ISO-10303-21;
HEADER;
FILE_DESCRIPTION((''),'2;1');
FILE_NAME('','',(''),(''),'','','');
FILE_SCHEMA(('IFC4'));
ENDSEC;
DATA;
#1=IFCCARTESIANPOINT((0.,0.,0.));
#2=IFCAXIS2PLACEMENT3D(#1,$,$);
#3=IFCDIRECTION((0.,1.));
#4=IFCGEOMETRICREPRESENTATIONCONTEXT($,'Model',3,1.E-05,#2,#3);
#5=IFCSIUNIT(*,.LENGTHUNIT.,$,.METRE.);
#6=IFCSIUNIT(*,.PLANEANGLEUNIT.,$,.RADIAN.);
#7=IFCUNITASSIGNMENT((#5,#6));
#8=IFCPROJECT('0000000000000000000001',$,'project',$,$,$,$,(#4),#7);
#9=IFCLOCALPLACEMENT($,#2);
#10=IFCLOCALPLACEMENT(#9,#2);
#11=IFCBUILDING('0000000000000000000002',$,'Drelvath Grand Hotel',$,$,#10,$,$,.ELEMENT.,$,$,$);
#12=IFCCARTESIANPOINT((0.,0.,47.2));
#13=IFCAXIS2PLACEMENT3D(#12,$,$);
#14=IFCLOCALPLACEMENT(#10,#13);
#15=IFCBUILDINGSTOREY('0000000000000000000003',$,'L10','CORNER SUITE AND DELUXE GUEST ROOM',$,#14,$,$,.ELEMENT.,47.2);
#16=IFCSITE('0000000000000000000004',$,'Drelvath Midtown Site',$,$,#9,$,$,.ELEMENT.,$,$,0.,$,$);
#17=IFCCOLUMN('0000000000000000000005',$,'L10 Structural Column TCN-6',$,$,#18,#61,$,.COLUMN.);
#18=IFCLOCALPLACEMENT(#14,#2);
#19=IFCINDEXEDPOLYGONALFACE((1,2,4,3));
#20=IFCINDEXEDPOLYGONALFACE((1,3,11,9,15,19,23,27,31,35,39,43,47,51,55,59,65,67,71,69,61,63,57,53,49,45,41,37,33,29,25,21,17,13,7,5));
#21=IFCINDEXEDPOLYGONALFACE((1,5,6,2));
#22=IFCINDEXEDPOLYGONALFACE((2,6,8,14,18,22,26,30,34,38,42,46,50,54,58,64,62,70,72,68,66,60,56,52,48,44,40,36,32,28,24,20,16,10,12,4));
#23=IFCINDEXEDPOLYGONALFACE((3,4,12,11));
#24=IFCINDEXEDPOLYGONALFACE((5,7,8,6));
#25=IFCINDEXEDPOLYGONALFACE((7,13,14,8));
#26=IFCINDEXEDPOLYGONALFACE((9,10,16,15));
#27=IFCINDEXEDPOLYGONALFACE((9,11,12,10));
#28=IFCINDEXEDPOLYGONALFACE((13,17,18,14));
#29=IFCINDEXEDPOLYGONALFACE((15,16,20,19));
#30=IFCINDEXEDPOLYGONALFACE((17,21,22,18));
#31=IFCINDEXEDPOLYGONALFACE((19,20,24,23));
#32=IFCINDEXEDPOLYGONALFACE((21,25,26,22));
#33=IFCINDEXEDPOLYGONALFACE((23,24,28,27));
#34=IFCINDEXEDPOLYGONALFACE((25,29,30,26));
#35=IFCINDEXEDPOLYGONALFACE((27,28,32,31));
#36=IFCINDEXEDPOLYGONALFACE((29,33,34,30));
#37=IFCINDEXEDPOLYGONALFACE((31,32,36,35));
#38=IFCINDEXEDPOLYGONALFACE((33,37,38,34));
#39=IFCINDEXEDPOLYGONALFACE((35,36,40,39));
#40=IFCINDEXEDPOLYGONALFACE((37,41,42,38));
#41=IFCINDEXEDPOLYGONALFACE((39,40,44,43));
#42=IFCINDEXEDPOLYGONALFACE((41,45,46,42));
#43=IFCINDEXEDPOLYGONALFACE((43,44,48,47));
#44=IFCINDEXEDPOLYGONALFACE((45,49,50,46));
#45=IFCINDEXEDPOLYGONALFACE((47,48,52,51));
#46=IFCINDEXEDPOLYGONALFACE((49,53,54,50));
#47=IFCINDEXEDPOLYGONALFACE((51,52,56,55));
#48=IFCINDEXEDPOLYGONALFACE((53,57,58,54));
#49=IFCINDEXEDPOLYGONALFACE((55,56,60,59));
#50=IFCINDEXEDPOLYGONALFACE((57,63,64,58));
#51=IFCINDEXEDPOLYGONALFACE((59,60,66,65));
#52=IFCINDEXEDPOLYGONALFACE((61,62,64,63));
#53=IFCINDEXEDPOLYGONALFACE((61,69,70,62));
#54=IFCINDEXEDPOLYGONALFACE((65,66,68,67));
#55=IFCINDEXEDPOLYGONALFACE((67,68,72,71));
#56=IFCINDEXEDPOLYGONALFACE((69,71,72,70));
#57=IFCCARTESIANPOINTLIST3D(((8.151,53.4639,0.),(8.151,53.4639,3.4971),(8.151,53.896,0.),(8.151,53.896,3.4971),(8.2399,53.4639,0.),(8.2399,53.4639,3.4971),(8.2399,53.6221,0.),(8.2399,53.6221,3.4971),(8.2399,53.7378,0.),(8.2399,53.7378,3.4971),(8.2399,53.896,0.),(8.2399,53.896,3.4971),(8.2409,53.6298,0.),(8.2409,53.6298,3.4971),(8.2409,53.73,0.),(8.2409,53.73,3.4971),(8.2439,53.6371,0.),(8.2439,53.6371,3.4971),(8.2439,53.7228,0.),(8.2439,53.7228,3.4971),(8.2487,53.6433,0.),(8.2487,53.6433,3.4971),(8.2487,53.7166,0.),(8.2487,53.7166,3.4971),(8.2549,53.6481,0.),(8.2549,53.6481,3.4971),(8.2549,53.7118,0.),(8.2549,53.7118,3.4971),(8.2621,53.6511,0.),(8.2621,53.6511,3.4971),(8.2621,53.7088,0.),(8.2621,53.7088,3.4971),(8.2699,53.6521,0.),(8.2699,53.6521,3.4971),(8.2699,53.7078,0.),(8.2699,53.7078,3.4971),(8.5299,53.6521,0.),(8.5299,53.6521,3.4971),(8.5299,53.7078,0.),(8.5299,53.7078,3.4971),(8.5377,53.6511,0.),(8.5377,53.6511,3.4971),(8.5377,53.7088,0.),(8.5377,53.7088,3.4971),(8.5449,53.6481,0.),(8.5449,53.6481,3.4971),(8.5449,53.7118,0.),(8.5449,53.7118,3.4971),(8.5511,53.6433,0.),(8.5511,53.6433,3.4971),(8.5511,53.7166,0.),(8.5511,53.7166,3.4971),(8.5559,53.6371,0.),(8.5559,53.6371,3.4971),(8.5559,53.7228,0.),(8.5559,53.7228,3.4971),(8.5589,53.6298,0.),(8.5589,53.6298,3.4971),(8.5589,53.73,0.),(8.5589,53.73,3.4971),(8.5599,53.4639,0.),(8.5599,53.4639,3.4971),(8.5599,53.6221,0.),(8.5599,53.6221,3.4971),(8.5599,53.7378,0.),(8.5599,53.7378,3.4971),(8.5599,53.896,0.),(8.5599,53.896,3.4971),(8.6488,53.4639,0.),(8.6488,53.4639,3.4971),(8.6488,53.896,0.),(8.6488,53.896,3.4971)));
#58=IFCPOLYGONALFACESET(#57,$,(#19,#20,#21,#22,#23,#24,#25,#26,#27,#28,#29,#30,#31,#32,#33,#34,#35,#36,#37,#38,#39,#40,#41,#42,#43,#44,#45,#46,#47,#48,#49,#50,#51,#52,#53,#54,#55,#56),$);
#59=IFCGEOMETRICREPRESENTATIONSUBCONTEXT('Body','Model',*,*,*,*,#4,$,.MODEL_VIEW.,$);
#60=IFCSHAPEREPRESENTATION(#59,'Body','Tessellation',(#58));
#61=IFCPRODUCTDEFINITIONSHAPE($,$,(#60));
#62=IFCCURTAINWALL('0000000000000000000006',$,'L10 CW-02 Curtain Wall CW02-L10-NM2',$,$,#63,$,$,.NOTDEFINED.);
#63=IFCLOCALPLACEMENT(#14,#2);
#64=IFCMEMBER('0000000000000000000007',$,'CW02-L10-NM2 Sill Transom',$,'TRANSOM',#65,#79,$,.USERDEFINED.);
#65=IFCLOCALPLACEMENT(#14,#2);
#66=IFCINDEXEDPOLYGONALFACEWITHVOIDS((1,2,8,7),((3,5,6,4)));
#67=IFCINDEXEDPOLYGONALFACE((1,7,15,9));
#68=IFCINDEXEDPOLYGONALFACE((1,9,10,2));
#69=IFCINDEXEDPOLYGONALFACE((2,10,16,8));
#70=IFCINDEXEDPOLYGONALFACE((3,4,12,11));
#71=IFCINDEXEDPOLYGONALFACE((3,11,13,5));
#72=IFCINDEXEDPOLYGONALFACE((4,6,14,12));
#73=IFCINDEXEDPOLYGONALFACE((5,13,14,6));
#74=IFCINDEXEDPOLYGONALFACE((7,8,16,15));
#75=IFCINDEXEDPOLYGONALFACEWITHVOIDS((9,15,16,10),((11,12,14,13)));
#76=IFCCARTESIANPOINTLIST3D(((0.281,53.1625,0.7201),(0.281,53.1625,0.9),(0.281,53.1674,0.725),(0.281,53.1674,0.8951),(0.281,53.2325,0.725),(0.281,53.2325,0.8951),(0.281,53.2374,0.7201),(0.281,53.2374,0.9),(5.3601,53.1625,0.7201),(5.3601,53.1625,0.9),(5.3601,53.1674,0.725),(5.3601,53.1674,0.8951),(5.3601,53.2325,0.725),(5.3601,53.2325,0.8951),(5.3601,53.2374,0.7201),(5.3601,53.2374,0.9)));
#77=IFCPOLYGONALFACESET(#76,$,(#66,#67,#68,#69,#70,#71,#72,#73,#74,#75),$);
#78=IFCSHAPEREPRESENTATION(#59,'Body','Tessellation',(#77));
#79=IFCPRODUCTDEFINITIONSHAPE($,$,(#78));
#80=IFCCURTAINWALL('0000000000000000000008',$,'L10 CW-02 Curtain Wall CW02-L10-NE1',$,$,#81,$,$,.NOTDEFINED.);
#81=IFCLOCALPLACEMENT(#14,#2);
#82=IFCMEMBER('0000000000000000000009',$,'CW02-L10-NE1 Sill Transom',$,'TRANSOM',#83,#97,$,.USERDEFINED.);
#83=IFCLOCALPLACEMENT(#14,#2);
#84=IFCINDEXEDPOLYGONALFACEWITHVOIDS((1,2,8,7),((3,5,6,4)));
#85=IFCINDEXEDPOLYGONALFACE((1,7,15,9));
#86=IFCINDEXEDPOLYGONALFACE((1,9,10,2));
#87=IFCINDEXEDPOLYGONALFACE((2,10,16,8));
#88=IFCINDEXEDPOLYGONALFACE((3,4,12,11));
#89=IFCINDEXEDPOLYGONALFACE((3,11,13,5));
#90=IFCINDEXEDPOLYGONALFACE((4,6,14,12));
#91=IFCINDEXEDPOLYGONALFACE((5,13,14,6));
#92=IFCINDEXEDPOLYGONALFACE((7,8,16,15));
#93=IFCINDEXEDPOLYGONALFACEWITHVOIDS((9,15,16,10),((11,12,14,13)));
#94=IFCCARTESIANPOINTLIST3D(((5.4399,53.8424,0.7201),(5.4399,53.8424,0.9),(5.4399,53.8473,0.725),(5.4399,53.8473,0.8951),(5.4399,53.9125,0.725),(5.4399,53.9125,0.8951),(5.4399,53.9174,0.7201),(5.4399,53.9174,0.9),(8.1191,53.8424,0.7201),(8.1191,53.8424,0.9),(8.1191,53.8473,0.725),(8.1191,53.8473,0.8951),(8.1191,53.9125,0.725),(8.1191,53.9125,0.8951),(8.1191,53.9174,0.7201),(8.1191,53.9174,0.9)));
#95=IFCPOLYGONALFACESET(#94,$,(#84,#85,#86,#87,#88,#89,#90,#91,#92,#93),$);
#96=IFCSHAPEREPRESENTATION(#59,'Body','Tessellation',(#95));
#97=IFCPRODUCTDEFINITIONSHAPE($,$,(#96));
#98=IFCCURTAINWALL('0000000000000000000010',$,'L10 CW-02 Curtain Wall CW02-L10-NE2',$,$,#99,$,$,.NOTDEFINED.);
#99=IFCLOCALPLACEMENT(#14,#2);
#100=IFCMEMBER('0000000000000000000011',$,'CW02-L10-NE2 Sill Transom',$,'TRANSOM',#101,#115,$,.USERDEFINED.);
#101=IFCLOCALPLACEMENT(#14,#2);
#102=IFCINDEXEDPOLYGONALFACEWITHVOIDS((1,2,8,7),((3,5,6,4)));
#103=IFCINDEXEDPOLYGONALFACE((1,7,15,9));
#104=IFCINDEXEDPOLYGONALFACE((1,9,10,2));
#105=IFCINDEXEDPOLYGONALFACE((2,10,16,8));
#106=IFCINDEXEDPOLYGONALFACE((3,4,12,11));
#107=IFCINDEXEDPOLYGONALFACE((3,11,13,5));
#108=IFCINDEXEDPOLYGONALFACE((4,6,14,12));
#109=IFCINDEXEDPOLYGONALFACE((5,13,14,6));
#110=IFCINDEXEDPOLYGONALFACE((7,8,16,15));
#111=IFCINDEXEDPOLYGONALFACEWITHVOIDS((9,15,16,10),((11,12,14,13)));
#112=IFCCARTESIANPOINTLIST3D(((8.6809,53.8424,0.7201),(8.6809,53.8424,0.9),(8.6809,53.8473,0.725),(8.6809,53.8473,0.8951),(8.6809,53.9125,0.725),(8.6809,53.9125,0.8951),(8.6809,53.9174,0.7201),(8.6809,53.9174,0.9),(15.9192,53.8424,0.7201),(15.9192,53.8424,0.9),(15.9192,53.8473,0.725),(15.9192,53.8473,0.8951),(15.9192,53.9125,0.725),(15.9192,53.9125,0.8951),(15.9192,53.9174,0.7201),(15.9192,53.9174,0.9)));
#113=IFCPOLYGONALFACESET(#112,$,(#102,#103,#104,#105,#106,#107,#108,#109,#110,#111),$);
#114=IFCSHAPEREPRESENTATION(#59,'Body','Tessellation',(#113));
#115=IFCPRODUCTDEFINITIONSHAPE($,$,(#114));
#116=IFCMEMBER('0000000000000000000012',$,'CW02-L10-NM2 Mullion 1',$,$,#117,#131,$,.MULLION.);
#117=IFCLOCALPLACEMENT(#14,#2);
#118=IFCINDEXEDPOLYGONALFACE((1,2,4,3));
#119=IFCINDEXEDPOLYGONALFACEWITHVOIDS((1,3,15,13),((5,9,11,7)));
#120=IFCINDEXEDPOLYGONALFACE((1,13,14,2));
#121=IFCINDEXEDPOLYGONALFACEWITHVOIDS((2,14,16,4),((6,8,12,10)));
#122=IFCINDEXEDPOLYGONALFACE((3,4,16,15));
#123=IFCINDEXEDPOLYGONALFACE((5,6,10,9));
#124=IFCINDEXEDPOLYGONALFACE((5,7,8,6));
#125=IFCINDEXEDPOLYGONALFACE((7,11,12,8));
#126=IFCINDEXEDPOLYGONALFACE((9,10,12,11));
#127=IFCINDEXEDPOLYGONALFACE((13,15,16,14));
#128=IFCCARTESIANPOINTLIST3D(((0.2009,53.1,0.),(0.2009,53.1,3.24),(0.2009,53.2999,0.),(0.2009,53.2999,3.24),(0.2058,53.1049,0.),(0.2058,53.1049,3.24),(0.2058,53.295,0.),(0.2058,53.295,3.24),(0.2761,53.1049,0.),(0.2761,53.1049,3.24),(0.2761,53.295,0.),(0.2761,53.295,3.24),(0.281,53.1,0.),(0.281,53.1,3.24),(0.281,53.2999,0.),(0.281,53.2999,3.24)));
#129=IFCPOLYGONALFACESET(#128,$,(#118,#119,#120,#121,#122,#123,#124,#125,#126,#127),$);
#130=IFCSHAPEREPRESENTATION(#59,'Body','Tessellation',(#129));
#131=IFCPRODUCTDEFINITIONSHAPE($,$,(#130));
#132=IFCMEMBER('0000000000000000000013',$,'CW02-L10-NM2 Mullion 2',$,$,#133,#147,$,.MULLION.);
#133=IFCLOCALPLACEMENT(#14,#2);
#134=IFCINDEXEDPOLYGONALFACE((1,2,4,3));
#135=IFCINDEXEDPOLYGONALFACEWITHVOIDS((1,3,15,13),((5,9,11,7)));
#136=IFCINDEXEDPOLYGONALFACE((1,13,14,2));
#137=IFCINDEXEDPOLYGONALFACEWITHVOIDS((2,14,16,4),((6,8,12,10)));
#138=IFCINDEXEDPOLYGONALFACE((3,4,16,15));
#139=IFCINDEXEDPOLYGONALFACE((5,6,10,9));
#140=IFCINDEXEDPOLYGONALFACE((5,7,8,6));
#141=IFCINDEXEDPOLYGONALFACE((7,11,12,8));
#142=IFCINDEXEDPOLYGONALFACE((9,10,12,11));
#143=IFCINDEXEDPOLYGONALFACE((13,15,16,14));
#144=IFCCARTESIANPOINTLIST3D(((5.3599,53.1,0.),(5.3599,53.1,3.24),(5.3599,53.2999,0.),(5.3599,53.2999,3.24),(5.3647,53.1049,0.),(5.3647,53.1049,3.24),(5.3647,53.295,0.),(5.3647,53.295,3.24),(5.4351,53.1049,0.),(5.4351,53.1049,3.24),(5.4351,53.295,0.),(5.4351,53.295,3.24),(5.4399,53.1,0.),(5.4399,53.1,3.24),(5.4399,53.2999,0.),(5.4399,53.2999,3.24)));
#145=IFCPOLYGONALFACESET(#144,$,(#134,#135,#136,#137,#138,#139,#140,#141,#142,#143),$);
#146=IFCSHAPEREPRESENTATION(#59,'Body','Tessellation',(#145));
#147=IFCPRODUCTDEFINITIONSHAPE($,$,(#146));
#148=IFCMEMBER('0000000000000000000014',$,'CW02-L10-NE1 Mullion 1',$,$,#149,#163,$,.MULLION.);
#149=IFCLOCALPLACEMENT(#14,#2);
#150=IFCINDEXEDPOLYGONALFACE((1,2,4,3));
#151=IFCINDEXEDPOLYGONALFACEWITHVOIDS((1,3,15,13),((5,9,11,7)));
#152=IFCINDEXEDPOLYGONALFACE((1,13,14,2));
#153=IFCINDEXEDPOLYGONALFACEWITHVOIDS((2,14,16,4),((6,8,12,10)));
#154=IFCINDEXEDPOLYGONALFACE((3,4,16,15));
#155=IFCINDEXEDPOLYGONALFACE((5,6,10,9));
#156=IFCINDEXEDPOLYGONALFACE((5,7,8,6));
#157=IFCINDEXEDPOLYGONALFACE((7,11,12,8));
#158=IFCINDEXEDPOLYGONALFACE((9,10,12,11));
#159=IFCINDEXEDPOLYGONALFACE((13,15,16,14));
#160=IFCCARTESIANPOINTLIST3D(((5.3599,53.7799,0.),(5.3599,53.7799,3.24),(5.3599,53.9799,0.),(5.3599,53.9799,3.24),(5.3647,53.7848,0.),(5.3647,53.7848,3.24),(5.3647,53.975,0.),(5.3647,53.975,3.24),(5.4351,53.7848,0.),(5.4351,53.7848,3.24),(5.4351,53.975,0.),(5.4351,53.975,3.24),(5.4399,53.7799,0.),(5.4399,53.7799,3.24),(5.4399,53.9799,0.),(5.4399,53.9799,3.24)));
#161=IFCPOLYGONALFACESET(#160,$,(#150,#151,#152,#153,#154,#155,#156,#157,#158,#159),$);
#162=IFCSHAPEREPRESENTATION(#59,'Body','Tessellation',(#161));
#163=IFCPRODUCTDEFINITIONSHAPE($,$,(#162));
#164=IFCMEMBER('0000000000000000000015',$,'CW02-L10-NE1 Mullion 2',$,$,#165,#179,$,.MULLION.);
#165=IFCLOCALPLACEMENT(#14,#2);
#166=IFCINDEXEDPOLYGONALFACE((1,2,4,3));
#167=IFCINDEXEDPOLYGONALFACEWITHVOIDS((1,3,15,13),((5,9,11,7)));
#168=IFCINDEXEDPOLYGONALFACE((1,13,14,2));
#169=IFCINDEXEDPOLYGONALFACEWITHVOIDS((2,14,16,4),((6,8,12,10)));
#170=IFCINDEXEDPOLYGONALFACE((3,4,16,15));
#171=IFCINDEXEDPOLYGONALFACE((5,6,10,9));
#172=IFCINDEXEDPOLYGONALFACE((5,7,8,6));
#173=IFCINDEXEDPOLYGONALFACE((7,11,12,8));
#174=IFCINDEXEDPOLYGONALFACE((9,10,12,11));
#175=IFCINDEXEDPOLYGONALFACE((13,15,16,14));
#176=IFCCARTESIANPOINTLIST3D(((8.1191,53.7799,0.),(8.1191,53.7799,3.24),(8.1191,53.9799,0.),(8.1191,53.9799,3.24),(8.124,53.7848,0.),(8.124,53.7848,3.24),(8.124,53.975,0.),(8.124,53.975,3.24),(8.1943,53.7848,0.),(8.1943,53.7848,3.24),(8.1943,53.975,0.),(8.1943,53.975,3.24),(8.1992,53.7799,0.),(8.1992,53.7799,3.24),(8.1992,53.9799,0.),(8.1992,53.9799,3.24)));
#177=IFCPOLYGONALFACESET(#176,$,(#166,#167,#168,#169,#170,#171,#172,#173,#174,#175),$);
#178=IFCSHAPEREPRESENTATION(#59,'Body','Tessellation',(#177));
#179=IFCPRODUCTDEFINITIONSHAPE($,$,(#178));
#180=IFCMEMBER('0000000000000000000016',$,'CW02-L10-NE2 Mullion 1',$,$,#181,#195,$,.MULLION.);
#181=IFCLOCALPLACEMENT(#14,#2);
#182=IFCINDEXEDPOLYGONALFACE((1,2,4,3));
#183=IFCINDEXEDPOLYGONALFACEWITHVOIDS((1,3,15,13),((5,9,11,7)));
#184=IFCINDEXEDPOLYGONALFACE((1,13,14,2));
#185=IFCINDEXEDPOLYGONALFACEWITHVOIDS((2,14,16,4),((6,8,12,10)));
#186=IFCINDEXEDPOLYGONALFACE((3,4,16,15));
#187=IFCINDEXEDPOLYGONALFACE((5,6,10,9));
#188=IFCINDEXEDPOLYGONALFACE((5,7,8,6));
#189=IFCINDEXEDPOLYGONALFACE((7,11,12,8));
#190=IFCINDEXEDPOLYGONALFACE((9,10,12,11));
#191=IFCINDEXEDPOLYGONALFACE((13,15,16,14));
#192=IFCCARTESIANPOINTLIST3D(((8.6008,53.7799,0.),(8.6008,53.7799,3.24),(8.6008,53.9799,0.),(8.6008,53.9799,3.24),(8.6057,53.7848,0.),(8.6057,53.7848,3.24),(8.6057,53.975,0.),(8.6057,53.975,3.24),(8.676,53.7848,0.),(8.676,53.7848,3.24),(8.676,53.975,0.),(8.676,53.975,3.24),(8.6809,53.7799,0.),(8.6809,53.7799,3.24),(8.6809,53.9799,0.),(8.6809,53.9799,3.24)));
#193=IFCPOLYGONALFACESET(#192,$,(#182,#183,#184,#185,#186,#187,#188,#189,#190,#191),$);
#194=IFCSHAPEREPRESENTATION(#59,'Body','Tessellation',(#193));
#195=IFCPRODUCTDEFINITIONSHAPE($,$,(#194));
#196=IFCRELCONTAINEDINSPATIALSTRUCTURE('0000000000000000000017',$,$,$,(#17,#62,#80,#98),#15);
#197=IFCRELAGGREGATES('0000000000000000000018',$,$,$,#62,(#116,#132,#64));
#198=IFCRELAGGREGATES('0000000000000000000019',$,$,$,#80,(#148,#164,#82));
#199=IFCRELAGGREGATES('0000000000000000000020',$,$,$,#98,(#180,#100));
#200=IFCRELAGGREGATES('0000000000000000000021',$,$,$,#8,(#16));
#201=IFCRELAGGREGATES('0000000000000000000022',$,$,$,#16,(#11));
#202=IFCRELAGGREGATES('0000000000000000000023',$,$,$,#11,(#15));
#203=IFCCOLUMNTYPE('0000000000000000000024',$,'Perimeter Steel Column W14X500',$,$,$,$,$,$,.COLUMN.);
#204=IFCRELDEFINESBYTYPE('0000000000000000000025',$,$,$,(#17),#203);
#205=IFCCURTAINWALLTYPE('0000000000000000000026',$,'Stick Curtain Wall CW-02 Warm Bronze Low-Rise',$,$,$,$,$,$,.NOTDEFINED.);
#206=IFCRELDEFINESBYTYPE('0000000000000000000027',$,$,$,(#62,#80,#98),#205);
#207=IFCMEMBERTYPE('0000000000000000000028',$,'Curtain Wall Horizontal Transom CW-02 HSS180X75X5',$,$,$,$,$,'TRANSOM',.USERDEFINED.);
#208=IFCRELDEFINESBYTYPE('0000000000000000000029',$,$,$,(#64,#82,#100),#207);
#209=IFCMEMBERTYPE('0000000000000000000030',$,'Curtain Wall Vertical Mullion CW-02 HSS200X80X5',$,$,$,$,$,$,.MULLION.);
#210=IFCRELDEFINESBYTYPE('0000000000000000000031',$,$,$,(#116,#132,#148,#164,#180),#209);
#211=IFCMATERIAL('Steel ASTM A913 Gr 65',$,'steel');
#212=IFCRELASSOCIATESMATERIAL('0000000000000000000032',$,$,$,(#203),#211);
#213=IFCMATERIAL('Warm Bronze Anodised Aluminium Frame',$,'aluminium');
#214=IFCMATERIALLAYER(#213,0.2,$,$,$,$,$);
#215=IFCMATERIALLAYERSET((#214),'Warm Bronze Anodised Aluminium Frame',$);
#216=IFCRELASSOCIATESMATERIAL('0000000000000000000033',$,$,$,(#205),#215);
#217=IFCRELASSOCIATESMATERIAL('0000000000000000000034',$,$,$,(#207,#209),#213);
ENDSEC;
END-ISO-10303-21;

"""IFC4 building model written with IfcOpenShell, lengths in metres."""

from ifc_helpers import new_model, si_unit, direction, frame, origin, origin_2d, place, context, subcontext, project, spatial, hollow_rectangle, i_section, extrude, material, layer, layer_set, material_profile, profile_set, type_object, element, aggregate, save


model = new_model("IFC4")

# Units and contexts
model_context = context("Model", 3, precision=1e-05, world=origin(), true_north=direction((0.0, 1.0)))
body_context = subcontext(model_context, "Body", "Model", "MODEL_VIEW")
ifc_project = project(units=[si_unit("LENGTHUNIT", "METRE"), si_unit("PLANEANGLEUNIT", "RADIAN")], contexts=[model_context])

# Site, building, storey
site_placement = place(None, origin())
site = spatial("IfcSite", under=ifc_project, at=site_placement, Name="Drelvath Midtown Site", CompositionType="ELEMENT", RefElevation=0.0)
building_placement = place(site_placement, origin())
building = spatial("IfcBuilding", under=site, at=building_placement, Name="Drelvath Grand Hotel", CompositionType="ELEMENT")
storey_placement = place(building_placement, frame((0.0, 0.0, 47.2)))
storey = spatial("IfcBuildingStorey", under=building, at=storey_placement, Name="L10", Description="CORNER SUITE AND DELUXE GUEST ROOM", CompositionType="ELEMENT", Elevation=47.2)

# Column
ifc_material_1 = material(Name="Steel ASTM A913 Gr 65", Category="steel")
ifc_material_profile_1 = material_profile(ifc_material_1, i_section(OverallWidth=0.4321, OverallDepth=0.4978, WebThickness=0.0557, FlangeThickness=0.0889, FilletRadius=0.03, at=origin_2d()), Name="W14X500")
ifc_profile_set_1 = profile_set([ifc_material_profile_1], Name="Steel ASTM A913 Gr 65")
column_type = type_object("IfcColumnType", Name="Perimeter Steel Column W14X500", PredefinedType="COLUMN", material=ifc_profile_set_1)
column_placement = place(storey_placement, frame((8.3999, 53.6799, 0.0), z_axis=(0.0, 0.0, 1.0), x_axis=(0.0, 1.0, 0.0)))
element("IfcColumn", 1, at=column_placement, inside=storey, type_object=column_type, Name="L10 Structural Column TCN-6", PredefinedType="COLUMN", context=body_context, shape_type="SweptSolid", body=[
    extrude(i_section(OverallWidth=0.4321, OverallDepth=0.4978, WebThickness=0.0557, FlangeThickness=0.0889, FilletRadius=0.03, at=origin_2d()), origin(), (0.0, 0.0, 1.0), 3.4971),
])

# Curtain walls, members
ifc_material_2 = material(Name="Warm Bronze Anodised Aluminium Frame", Category="aluminium")
ifc_layer_1 = layer(ifc_material_2, 0.2)
ifc_layer_set_1 = layer_set([ifc_layer_1], Name="Warm Bronze Anodised Aluminium Frame")
curtain_wall_type = type_object("IfcCurtainWallType", Name="Stick Curtain Wall CW-02 Warm Bronze Low-Rise", PredefinedType="NOTDEFINED", material=ifc_layer_set_1)
curtain_wall_1_placement = place(storey_placement, origin())
curtain_wall_1 = element("IfcCurtainWall", 2, at=curtain_wall_1_placement, inside=storey, type_object=curtain_wall_type, Name="L10 CW-02 Curtain Wall CW02-L10-NM2", PredefinedType="NOTDEFINED")
ifc_material_profile_2 = material_profile(ifc_material_2, hollow_rectangle(XDim=0.075, YDim=0.1799, WallThickness=0.0049, at=origin_2d()), Name="HSS180X75X5")
ifc_profile_set_2 = profile_set([ifc_material_profile_2], Name="Warm Bronze Anodised Aluminium Frame")
member_type_1 = type_object("IfcMemberType", Name="Curtain Wall Horizontal Transom CW-02 HSS180X75X5", ElementType="TRANSOM", PredefinedType="USERDEFINED", material=ifc_profile_set_2)
member_1_placement = place(storey_placement, frame((0.281, 53.2, 0.8101), z_axis=(1.0, 0.0, 0.0), x_axis=(0.0, 1.0, 0.0)))
member_1 = element("IfcMember", 3, at=member_1_placement, type_object=member_type_1, Name="CW02-L10-NM2 Sill Transom", ObjectType="TRANSOM", PredefinedType="USERDEFINED", context=body_context, shape_type="SweptSolid", body=[
    extrude(hollow_rectangle(XDim=0.075, YDim=0.1799, WallThickness=0.0049, at=origin_2d()), origin(), (0.0, 0.0, 1.0), 5.0791),
])
curtain_wall_2_placement = place(storey_placement, origin())
curtain_wall_2 = element("IfcCurtainWall", 4, at=curtain_wall_2_placement, inside=storey, type_object=curtain_wall_type, Name="L10 CW-02 Curtain Wall CW02-L10-NE1", PredefinedType="NOTDEFINED")
member_2_placement = place(storey_placement, frame((5.4399, 53.8799, 0.8101), z_axis=(1.0, 0.0, 0.0), x_axis=(0.0, 1.0, 0.0)))
member_2 = element("IfcMember", 5, at=member_2_placement, type_object=member_type_1, Name="CW02-L10-NE1 Sill Transom", ObjectType="TRANSOM", PredefinedType="USERDEFINED", context=body_context, shape_type="SweptSolid", body=[
    extrude(hollow_rectangle(XDim=0.075, YDim=0.1799, WallThickness=0.0049, at=origin_2d()), origin(), (0.0, 0.0, 1.0), 2.6792),
])
curtain_wall_3_placement = place(storey_placement, origin())
curtain_wall_3 = element("IfcCurtainWall", 6, at=curtain_wall_3_placement, inside=storey, type_object=curtain_wall_type, Name="L10 CW-02 Curtain Wall CW02-L10-NE2", PredefinedType="NOTDEFINED")
member_3_placement = place(storey_placement, frame((8.6809, 53.8799, 0.8101), z_axis=(1.0, 0.0, 0.0), x_axis=(0.0, 1.0, 0.0)))
member_3 = element("IfcMember", 7, at=member_3_placement, type_object=member_type_1, Name="CW02-L10-NE2 Sill Transom", ObjectType="TRANSOM", PredefinedType="USERDEFINED", context=body_context, shape_type="SweptSolid", body=[
    extrude(hollow_rectangle(XDim=0.075, YDim=0.1799, WallThickness=0.0049, at=origin_2d()), origin(), (0.0, 0.0, 1.0), 7.2383),
])

# Members
ifc_material_profile_3 = material_profile(ifc_material_2, hollow_rectangle(XDim=0.0801, YDim=0.2, WallThickness=0.0049, at=origin_2d()), Name="HSS200X80X5")
ifc_profile_set_3 = profile_set([ifc_material_profile_3], Name="Warm Bronze Anodised Aluminium Frame")
member_type_2 = type_object("IfcMemberType", Name="Curtain Wall Vertical Mullion CW-02 HSS200X80X5", PredefinedType="MULLION", material=ifc_profile_set_3)
member_4_placement = place(storey_placement, frame((0.241, 53.2, 0.0), z_axis=(0.0, 0.0, 1.0), x_axis=(1.0, 0.0, 0.0)))
member_4 = element("IfcMember", 8, at=member_4_placement, type_object=member_type_2, Name="CW02-L10-NM2 Mullion 1", PredefinedType="MULLION", context=body_context, shape_type="SweptSolid", body=[
    extrude(hollow_rectangle(XDim=0.0801, YDim=0.2, WallThickness=0.0049, at=origin_2d()), origin(), (0.0, 0.0, 1.0), 3.24),
])
member_5_placement = place(storey_placement, frame((5.3999, 53.2, 0.0), z_axis=(0.0, 0.0, 1.0), x_axis=(1.0, 0.0, 0.0)))
member_5 = element("IfcMember", 9, at=member_5_placement, type_object=member_type_2, Name="CW02-L10-NM2 Mullion 2", PredefinedType="MULLION", context=body_context, shape_type="SweptSolid", body=[
    extrude(hollow_rectangle(XDim=0.0801, YDim=0.2, WallThickness=0.0049, at=origin_2d()), origin(), (0.0, 0.0, 1.0), 3.24),
])
member_6_placement = place(storey_placement, frame((5.3999, 53.8799, 0.0), z_axis=(0.0, 0.0, 1.0), x_axis=(1.0, 0.0, 0.0)))
member_6 = element("IfcMember", 10, at=member_6_placement, type_object=member_type_2, Name="CW02-L10-NE1 Mullion 1", PredefinedType="MULLION", context=body_context, shape_type="SweptSolid", body=[
    extrude(hollow_rectangle(XDim=0.0801, YDim=0.2, WallThickness=0.0049, at=origin_2d()), origin(), (0.0, 0.0, 1.0), 3.24),
])
member_7_placement = place(storey_placement, frame((8.1592, 53.8799, 0.0), z_axis=(0.0, 0.0, 1.0), x_axis=(1.0, 0.0, 0.0)))
member_7 = element("IfcMember", 11, at=member_7_placement, type_object=member_type_2, Name="CW02-L10-NE1 Mullion 2", PredefinedType="MULLION", context=body_context, shape_type="SweptSolid", body=[
    extrude(hollow_rectangle(XDim=0.0801, YDim=0.2, WallThickness=0.0049, at=origin_2d()), origin(), (0.0, 0.0, 1.0), 3.24),
])
member_8_placement = place(storey_placement, frame((8.6409, 53.8799, 0.0), z_axis=(0.0, 0.0, 1.0), x_axis=(1.0, 0.0, 0.0)))
member_8 = element("IfcMember", 12, at=member_8_placement, type_object=member_type_2, Name="CW02-L10-NE2 Mullion 1", PredefinedType="MULLION", context=body_context, shape_type="SweptSolid", body=[
    extrude(hollow_rectangle(XDim=0.0801, YDim=0.2, WallThickness=0.0049, at=origin_2d()), origin(), (0.0, 0.0, 1.0), 3.24),
])

aggregate(curtain_wall_1, [member_4, member_5, member_1])
aggregate(curtain_wall_2, [member_6, member_7, member_2])
aggregate(curtain_wall_3, [member_8, member_3])

save(model, "model.ifc")
